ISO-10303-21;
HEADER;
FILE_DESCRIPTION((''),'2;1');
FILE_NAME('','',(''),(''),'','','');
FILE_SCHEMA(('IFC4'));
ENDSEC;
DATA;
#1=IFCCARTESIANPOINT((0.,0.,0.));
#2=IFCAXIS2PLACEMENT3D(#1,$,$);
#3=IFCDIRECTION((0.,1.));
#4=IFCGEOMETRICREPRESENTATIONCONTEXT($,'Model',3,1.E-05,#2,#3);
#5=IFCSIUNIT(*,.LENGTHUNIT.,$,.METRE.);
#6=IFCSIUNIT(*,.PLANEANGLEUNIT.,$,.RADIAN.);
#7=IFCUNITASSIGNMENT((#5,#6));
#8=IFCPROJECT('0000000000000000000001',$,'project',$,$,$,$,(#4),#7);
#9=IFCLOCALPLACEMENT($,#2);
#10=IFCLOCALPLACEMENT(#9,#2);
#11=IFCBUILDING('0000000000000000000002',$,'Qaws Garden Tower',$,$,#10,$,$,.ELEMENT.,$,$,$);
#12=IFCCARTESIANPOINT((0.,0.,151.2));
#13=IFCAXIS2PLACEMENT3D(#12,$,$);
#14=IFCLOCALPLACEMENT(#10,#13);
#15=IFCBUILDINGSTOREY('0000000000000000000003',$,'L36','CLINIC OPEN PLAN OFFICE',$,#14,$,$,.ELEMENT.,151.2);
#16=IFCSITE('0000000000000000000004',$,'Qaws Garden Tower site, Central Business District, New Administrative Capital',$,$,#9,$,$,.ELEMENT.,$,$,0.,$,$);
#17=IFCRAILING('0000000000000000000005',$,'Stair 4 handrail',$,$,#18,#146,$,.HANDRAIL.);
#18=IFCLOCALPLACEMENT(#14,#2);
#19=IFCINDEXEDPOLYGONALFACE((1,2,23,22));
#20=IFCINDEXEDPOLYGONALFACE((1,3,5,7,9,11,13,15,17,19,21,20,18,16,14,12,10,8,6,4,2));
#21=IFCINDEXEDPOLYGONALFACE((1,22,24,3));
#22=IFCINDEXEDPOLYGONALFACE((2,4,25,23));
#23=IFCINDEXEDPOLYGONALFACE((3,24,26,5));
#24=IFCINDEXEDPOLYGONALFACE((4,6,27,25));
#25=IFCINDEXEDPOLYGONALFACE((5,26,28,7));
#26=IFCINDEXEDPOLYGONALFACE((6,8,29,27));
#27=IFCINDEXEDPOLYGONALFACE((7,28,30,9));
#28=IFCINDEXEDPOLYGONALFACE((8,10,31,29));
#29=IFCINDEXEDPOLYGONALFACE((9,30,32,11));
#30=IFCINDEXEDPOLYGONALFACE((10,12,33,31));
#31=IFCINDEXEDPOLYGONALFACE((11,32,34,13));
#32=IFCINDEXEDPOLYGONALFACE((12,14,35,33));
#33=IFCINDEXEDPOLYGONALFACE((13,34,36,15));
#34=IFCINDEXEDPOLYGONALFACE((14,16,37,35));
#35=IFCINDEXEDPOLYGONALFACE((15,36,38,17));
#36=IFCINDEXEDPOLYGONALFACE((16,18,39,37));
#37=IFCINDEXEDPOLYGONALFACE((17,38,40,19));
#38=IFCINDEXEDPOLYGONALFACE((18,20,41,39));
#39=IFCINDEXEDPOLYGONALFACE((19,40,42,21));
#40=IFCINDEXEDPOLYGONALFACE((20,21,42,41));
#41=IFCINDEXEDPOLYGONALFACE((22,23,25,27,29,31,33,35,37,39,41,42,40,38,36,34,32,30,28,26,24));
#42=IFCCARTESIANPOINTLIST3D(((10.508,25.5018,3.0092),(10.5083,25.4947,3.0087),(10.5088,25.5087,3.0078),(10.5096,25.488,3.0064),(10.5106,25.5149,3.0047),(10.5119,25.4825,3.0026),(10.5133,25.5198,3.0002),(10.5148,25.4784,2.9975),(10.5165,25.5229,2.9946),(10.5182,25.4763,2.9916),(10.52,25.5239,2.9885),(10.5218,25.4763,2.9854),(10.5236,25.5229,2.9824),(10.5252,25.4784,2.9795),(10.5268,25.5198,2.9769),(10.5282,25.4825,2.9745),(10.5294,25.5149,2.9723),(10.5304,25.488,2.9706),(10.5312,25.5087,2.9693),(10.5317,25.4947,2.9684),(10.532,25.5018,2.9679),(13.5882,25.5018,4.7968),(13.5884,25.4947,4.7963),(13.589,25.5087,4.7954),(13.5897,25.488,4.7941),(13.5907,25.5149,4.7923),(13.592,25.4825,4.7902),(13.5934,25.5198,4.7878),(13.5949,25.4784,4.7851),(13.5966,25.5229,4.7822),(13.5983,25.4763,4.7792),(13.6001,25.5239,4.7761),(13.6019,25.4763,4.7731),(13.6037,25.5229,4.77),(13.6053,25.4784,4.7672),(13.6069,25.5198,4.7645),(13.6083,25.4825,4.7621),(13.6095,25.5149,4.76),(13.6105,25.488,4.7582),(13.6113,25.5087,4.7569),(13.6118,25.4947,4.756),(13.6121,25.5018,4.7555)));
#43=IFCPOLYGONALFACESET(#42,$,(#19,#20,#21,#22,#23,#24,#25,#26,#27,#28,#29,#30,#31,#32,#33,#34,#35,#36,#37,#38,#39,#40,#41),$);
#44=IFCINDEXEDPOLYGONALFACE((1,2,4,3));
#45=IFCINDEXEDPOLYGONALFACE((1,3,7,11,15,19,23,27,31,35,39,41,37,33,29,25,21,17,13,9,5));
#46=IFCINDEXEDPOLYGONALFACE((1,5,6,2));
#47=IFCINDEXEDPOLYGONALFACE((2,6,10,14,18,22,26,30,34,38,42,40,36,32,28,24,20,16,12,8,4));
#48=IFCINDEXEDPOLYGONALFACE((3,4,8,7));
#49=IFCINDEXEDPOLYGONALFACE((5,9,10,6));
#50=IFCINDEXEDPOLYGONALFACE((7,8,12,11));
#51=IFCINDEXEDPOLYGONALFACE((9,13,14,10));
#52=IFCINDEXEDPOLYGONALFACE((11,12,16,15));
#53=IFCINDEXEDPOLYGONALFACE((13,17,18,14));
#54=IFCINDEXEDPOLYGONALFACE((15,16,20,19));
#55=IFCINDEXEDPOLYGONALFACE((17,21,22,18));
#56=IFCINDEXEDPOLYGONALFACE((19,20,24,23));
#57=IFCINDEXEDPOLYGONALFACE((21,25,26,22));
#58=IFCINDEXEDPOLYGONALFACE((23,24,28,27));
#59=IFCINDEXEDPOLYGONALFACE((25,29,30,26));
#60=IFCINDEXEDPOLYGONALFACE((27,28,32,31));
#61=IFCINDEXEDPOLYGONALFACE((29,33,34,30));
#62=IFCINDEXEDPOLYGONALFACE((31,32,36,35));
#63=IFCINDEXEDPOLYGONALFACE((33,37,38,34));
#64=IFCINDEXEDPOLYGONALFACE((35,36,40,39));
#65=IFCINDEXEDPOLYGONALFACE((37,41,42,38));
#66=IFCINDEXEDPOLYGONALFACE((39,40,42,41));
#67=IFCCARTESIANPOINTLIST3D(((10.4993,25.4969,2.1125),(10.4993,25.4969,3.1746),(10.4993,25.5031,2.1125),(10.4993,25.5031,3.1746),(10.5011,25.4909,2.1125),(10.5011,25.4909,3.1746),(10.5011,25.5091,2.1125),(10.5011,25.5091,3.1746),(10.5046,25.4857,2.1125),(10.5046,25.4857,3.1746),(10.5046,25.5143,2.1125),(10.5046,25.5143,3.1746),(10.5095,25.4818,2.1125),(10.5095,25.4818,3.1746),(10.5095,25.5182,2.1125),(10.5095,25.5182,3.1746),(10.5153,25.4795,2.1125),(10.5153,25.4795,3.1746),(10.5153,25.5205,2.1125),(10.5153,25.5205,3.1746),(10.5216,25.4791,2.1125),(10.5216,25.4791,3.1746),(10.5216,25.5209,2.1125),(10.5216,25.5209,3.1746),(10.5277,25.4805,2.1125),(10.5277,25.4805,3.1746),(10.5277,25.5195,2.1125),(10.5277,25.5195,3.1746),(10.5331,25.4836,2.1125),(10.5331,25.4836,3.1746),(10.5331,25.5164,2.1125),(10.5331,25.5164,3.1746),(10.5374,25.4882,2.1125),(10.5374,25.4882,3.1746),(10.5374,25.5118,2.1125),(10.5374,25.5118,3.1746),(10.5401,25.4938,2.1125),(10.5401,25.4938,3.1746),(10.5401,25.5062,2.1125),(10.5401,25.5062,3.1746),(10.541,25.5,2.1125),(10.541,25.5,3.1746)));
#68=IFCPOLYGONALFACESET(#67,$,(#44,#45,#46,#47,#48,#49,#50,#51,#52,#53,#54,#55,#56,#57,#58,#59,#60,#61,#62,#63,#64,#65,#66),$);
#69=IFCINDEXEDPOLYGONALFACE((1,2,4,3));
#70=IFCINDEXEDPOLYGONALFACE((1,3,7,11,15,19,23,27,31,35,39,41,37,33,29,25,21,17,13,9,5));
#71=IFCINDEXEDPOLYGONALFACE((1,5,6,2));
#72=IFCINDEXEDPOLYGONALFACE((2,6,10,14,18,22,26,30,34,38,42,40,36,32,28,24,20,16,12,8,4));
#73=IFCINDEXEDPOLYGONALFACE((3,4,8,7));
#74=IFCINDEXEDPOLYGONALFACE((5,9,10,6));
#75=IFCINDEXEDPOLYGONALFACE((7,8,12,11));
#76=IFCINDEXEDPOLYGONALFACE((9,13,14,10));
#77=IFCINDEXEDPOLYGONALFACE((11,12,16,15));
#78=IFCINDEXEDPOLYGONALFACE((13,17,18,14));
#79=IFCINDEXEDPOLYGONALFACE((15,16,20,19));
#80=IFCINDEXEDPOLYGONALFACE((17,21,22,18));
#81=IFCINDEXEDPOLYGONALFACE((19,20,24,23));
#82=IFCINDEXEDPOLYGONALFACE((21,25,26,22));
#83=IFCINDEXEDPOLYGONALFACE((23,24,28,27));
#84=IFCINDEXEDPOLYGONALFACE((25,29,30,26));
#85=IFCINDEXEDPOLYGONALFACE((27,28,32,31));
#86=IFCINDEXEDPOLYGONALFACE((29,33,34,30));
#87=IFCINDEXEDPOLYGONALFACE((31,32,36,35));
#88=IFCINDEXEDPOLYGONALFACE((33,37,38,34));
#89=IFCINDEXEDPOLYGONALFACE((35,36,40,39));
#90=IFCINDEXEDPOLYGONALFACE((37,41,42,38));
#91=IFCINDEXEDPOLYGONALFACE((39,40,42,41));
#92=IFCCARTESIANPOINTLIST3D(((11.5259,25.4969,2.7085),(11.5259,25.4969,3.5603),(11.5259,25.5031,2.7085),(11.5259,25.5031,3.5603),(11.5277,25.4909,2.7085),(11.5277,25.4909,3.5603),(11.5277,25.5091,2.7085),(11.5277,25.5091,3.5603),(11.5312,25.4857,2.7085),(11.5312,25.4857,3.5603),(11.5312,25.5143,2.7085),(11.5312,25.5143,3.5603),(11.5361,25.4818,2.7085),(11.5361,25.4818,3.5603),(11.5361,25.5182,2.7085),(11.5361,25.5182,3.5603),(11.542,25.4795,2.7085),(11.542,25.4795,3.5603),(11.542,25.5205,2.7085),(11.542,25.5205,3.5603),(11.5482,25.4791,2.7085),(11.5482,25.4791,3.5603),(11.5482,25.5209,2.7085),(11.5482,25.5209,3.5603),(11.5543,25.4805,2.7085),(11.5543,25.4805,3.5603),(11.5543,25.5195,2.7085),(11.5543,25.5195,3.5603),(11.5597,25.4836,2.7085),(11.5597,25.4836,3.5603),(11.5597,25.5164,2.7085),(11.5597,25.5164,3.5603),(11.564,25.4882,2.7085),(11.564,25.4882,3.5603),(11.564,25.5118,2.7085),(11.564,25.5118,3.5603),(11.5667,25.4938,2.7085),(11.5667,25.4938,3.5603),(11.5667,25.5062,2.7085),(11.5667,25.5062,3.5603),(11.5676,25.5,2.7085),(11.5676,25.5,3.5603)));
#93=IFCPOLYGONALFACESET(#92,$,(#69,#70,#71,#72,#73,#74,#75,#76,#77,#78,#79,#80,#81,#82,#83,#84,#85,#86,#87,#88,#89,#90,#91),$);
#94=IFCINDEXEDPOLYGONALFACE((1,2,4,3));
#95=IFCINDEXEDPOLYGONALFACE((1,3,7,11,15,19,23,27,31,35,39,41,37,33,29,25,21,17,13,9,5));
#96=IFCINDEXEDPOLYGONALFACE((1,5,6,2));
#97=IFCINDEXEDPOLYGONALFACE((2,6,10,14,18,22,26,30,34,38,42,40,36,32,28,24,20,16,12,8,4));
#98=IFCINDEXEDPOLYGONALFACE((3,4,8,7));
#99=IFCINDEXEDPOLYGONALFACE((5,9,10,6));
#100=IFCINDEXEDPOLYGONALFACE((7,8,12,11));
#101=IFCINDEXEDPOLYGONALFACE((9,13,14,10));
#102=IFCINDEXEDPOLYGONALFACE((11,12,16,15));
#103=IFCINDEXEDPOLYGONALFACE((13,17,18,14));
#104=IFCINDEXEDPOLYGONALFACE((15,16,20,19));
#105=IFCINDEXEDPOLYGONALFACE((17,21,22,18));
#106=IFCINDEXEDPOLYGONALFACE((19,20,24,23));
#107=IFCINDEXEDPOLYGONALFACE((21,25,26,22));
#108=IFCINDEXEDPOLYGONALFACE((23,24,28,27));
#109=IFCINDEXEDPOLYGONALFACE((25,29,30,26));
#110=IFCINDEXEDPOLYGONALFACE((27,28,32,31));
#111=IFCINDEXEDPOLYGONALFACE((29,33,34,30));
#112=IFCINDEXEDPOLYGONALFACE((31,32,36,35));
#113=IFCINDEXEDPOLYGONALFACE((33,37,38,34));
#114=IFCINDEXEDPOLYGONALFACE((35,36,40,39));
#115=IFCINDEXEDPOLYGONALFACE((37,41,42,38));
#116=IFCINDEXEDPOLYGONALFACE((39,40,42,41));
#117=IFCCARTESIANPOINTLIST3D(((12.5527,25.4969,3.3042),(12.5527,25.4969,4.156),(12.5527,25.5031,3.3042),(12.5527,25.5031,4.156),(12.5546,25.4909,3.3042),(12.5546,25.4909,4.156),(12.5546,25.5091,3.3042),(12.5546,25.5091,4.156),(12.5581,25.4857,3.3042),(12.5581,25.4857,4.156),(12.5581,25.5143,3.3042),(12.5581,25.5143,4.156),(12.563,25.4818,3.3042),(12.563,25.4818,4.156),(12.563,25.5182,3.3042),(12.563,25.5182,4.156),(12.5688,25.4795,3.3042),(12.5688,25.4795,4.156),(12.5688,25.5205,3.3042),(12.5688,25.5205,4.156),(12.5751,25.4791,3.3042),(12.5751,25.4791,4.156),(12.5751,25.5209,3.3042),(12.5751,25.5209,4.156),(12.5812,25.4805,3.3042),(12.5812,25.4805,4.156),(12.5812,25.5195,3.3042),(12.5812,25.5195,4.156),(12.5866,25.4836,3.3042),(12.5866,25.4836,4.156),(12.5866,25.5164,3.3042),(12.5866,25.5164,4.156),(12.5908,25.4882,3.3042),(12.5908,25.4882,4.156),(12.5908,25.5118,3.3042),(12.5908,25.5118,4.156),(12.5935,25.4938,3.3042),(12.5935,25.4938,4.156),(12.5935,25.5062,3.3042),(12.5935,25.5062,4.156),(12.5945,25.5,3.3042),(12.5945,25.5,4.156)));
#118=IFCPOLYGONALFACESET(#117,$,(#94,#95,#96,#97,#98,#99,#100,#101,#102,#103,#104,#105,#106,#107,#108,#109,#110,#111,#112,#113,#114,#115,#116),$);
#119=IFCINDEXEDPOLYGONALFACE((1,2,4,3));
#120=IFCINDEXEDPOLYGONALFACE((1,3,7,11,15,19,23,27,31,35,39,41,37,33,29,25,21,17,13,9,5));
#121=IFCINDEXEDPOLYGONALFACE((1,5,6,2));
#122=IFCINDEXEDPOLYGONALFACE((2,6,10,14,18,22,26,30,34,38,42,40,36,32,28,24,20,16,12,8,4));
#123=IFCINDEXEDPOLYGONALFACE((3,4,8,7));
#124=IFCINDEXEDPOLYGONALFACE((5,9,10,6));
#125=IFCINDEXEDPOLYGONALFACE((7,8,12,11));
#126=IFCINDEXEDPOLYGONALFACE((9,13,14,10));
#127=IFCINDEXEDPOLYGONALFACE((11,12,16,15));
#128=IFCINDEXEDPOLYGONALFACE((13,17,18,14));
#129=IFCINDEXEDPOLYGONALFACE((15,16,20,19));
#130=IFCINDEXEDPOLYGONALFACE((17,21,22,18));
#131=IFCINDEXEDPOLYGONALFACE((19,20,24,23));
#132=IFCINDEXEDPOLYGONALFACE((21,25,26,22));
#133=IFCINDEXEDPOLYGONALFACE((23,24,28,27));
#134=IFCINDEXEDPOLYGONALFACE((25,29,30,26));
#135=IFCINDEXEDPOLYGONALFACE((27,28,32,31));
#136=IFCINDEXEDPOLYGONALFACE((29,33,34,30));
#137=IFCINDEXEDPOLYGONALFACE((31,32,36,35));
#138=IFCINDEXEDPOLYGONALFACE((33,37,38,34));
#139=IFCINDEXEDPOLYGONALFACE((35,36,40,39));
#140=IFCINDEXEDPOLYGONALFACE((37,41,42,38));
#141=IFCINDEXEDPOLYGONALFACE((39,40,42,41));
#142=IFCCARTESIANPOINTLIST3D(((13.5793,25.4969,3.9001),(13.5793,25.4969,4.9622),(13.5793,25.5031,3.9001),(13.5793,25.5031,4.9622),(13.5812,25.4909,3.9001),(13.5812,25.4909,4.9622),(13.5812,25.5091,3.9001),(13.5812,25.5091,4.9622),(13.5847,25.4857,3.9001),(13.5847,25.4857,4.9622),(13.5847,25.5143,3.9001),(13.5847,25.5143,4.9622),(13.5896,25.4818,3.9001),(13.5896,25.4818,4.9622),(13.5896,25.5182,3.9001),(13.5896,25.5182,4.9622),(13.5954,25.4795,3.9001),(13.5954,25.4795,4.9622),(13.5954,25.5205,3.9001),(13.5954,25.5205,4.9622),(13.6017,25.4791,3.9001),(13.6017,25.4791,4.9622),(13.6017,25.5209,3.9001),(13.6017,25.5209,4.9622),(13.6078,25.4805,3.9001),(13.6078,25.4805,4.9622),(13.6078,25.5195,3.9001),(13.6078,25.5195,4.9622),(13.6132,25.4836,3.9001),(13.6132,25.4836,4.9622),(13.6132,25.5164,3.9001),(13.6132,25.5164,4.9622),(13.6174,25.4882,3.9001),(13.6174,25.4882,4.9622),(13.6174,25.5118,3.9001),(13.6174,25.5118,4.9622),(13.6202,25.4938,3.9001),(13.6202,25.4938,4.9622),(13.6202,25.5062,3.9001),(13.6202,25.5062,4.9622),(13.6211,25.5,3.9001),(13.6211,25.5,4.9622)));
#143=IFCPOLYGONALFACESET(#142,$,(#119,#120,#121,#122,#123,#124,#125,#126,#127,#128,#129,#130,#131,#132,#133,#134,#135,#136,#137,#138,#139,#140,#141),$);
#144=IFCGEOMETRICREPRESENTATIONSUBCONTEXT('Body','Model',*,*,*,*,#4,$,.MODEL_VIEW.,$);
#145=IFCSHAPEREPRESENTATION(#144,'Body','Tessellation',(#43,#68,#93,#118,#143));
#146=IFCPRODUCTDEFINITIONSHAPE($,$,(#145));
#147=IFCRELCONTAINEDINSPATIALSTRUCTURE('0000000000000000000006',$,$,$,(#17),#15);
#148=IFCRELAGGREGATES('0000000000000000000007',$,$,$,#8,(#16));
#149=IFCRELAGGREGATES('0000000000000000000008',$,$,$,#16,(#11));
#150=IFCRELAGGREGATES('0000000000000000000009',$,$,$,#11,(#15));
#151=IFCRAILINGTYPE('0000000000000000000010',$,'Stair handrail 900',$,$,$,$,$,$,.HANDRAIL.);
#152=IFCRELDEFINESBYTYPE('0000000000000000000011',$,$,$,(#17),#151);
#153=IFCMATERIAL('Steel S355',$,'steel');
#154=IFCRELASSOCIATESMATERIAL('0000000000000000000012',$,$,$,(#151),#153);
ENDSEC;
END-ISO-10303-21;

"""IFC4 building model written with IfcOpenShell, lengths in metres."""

from ifc_helpers import new_model, si_unit, direction, frame, origin, origin_2d, place, context, subcontext, project, spatial, circle, extrude, material, type_object, element, save


model = new_model("IFC4")

# Units and contexts
model_context = context("Model", 3, precision=1e-05, world=origin(), true_north=direction((0.0, 1.0)))
body_context = subcontext(model_context, "Body", "Model", "MODEL_VIEW")
ifc_project = project(units=[si_unit("LENGTHUNIT", "METRE"), si_unit("PLANEANGLEUNIT", "RADIAN")], contexts=[model_context])

# Site, building, storey
site_placement = place(None, origin())
site = spatial("IfcSite", under=ifc_project, at=site_placement, Name="Qaws Garden Tower site, Central Business District, New Administrative Capital", CompositionType="ELEMENT", RefElevation=0.0)
building_placement = place(site_placement, origin())
building = spatial("IfcBuilding", under=site, at=building_placement, Name="Qaws Garden Tower", CompositionType="ELEMENT")
storey_placement = place(building_placement, frame((0.0, 0.0, 151.2)))
storey = spatial("IfcBuildingStorey", under=building, at=storey_placement, Name="L36", Description="CLINIC OPEN PLAN OFFICE", CompositionType="ELEMENT", Elevation=151.2)

# Railing
ifc_material_1 = material(Name="Steel S355", Category="steel")
railing_type = type_object("IfcRailingType", Name="Stair handrail 900", PredefinedType="HANDRAIL", material=ifc_material_1)
railing_1_placement = place(storey_placement, frame((10.52, 25.5, 2.1125)))
element("IfcRailing", 1, at=railing_1_placement, inside=storey, type_object=railing_type, Name="Stair 4 handrail", PredefinedType="HANDRAIL", context=body_context, shape_type="SweptSolid", body=[
    extrude(circle(Radius=0.0239, at=origin_2d()), frame((0.0, 0.0, 0.876), z_axis=(0.864891, 0.0, 0.50196), x_axis=(0.0, 1.0, 0.0)), (0.0, 0.0, 1.0), 3.5613),
    extrude(circle(Radius=0.021, at=origin_2d()), origin(), (0.0, 0.0, 1.0), 1.062),
    extrude(circle(Radius=0.021, at=origin_2d()), frame((1.0266, 0.0, 0.5959)), (0.0, 0.0, 1.0), 0.8518),
    extrude(circle(Radius=0.021, at=origin_2d()), frame((2.0535, 0.0, 1.1917)), (0.0, 0.0, 1.0), 0.8518),
    extrude(circle(Radius=0.021, at=origin_2d()), frame((3.0801, 0.0, 1.7876)), (0.0, 0.0, 1.0), 1.062),
])

save(model, "model.ifc")
